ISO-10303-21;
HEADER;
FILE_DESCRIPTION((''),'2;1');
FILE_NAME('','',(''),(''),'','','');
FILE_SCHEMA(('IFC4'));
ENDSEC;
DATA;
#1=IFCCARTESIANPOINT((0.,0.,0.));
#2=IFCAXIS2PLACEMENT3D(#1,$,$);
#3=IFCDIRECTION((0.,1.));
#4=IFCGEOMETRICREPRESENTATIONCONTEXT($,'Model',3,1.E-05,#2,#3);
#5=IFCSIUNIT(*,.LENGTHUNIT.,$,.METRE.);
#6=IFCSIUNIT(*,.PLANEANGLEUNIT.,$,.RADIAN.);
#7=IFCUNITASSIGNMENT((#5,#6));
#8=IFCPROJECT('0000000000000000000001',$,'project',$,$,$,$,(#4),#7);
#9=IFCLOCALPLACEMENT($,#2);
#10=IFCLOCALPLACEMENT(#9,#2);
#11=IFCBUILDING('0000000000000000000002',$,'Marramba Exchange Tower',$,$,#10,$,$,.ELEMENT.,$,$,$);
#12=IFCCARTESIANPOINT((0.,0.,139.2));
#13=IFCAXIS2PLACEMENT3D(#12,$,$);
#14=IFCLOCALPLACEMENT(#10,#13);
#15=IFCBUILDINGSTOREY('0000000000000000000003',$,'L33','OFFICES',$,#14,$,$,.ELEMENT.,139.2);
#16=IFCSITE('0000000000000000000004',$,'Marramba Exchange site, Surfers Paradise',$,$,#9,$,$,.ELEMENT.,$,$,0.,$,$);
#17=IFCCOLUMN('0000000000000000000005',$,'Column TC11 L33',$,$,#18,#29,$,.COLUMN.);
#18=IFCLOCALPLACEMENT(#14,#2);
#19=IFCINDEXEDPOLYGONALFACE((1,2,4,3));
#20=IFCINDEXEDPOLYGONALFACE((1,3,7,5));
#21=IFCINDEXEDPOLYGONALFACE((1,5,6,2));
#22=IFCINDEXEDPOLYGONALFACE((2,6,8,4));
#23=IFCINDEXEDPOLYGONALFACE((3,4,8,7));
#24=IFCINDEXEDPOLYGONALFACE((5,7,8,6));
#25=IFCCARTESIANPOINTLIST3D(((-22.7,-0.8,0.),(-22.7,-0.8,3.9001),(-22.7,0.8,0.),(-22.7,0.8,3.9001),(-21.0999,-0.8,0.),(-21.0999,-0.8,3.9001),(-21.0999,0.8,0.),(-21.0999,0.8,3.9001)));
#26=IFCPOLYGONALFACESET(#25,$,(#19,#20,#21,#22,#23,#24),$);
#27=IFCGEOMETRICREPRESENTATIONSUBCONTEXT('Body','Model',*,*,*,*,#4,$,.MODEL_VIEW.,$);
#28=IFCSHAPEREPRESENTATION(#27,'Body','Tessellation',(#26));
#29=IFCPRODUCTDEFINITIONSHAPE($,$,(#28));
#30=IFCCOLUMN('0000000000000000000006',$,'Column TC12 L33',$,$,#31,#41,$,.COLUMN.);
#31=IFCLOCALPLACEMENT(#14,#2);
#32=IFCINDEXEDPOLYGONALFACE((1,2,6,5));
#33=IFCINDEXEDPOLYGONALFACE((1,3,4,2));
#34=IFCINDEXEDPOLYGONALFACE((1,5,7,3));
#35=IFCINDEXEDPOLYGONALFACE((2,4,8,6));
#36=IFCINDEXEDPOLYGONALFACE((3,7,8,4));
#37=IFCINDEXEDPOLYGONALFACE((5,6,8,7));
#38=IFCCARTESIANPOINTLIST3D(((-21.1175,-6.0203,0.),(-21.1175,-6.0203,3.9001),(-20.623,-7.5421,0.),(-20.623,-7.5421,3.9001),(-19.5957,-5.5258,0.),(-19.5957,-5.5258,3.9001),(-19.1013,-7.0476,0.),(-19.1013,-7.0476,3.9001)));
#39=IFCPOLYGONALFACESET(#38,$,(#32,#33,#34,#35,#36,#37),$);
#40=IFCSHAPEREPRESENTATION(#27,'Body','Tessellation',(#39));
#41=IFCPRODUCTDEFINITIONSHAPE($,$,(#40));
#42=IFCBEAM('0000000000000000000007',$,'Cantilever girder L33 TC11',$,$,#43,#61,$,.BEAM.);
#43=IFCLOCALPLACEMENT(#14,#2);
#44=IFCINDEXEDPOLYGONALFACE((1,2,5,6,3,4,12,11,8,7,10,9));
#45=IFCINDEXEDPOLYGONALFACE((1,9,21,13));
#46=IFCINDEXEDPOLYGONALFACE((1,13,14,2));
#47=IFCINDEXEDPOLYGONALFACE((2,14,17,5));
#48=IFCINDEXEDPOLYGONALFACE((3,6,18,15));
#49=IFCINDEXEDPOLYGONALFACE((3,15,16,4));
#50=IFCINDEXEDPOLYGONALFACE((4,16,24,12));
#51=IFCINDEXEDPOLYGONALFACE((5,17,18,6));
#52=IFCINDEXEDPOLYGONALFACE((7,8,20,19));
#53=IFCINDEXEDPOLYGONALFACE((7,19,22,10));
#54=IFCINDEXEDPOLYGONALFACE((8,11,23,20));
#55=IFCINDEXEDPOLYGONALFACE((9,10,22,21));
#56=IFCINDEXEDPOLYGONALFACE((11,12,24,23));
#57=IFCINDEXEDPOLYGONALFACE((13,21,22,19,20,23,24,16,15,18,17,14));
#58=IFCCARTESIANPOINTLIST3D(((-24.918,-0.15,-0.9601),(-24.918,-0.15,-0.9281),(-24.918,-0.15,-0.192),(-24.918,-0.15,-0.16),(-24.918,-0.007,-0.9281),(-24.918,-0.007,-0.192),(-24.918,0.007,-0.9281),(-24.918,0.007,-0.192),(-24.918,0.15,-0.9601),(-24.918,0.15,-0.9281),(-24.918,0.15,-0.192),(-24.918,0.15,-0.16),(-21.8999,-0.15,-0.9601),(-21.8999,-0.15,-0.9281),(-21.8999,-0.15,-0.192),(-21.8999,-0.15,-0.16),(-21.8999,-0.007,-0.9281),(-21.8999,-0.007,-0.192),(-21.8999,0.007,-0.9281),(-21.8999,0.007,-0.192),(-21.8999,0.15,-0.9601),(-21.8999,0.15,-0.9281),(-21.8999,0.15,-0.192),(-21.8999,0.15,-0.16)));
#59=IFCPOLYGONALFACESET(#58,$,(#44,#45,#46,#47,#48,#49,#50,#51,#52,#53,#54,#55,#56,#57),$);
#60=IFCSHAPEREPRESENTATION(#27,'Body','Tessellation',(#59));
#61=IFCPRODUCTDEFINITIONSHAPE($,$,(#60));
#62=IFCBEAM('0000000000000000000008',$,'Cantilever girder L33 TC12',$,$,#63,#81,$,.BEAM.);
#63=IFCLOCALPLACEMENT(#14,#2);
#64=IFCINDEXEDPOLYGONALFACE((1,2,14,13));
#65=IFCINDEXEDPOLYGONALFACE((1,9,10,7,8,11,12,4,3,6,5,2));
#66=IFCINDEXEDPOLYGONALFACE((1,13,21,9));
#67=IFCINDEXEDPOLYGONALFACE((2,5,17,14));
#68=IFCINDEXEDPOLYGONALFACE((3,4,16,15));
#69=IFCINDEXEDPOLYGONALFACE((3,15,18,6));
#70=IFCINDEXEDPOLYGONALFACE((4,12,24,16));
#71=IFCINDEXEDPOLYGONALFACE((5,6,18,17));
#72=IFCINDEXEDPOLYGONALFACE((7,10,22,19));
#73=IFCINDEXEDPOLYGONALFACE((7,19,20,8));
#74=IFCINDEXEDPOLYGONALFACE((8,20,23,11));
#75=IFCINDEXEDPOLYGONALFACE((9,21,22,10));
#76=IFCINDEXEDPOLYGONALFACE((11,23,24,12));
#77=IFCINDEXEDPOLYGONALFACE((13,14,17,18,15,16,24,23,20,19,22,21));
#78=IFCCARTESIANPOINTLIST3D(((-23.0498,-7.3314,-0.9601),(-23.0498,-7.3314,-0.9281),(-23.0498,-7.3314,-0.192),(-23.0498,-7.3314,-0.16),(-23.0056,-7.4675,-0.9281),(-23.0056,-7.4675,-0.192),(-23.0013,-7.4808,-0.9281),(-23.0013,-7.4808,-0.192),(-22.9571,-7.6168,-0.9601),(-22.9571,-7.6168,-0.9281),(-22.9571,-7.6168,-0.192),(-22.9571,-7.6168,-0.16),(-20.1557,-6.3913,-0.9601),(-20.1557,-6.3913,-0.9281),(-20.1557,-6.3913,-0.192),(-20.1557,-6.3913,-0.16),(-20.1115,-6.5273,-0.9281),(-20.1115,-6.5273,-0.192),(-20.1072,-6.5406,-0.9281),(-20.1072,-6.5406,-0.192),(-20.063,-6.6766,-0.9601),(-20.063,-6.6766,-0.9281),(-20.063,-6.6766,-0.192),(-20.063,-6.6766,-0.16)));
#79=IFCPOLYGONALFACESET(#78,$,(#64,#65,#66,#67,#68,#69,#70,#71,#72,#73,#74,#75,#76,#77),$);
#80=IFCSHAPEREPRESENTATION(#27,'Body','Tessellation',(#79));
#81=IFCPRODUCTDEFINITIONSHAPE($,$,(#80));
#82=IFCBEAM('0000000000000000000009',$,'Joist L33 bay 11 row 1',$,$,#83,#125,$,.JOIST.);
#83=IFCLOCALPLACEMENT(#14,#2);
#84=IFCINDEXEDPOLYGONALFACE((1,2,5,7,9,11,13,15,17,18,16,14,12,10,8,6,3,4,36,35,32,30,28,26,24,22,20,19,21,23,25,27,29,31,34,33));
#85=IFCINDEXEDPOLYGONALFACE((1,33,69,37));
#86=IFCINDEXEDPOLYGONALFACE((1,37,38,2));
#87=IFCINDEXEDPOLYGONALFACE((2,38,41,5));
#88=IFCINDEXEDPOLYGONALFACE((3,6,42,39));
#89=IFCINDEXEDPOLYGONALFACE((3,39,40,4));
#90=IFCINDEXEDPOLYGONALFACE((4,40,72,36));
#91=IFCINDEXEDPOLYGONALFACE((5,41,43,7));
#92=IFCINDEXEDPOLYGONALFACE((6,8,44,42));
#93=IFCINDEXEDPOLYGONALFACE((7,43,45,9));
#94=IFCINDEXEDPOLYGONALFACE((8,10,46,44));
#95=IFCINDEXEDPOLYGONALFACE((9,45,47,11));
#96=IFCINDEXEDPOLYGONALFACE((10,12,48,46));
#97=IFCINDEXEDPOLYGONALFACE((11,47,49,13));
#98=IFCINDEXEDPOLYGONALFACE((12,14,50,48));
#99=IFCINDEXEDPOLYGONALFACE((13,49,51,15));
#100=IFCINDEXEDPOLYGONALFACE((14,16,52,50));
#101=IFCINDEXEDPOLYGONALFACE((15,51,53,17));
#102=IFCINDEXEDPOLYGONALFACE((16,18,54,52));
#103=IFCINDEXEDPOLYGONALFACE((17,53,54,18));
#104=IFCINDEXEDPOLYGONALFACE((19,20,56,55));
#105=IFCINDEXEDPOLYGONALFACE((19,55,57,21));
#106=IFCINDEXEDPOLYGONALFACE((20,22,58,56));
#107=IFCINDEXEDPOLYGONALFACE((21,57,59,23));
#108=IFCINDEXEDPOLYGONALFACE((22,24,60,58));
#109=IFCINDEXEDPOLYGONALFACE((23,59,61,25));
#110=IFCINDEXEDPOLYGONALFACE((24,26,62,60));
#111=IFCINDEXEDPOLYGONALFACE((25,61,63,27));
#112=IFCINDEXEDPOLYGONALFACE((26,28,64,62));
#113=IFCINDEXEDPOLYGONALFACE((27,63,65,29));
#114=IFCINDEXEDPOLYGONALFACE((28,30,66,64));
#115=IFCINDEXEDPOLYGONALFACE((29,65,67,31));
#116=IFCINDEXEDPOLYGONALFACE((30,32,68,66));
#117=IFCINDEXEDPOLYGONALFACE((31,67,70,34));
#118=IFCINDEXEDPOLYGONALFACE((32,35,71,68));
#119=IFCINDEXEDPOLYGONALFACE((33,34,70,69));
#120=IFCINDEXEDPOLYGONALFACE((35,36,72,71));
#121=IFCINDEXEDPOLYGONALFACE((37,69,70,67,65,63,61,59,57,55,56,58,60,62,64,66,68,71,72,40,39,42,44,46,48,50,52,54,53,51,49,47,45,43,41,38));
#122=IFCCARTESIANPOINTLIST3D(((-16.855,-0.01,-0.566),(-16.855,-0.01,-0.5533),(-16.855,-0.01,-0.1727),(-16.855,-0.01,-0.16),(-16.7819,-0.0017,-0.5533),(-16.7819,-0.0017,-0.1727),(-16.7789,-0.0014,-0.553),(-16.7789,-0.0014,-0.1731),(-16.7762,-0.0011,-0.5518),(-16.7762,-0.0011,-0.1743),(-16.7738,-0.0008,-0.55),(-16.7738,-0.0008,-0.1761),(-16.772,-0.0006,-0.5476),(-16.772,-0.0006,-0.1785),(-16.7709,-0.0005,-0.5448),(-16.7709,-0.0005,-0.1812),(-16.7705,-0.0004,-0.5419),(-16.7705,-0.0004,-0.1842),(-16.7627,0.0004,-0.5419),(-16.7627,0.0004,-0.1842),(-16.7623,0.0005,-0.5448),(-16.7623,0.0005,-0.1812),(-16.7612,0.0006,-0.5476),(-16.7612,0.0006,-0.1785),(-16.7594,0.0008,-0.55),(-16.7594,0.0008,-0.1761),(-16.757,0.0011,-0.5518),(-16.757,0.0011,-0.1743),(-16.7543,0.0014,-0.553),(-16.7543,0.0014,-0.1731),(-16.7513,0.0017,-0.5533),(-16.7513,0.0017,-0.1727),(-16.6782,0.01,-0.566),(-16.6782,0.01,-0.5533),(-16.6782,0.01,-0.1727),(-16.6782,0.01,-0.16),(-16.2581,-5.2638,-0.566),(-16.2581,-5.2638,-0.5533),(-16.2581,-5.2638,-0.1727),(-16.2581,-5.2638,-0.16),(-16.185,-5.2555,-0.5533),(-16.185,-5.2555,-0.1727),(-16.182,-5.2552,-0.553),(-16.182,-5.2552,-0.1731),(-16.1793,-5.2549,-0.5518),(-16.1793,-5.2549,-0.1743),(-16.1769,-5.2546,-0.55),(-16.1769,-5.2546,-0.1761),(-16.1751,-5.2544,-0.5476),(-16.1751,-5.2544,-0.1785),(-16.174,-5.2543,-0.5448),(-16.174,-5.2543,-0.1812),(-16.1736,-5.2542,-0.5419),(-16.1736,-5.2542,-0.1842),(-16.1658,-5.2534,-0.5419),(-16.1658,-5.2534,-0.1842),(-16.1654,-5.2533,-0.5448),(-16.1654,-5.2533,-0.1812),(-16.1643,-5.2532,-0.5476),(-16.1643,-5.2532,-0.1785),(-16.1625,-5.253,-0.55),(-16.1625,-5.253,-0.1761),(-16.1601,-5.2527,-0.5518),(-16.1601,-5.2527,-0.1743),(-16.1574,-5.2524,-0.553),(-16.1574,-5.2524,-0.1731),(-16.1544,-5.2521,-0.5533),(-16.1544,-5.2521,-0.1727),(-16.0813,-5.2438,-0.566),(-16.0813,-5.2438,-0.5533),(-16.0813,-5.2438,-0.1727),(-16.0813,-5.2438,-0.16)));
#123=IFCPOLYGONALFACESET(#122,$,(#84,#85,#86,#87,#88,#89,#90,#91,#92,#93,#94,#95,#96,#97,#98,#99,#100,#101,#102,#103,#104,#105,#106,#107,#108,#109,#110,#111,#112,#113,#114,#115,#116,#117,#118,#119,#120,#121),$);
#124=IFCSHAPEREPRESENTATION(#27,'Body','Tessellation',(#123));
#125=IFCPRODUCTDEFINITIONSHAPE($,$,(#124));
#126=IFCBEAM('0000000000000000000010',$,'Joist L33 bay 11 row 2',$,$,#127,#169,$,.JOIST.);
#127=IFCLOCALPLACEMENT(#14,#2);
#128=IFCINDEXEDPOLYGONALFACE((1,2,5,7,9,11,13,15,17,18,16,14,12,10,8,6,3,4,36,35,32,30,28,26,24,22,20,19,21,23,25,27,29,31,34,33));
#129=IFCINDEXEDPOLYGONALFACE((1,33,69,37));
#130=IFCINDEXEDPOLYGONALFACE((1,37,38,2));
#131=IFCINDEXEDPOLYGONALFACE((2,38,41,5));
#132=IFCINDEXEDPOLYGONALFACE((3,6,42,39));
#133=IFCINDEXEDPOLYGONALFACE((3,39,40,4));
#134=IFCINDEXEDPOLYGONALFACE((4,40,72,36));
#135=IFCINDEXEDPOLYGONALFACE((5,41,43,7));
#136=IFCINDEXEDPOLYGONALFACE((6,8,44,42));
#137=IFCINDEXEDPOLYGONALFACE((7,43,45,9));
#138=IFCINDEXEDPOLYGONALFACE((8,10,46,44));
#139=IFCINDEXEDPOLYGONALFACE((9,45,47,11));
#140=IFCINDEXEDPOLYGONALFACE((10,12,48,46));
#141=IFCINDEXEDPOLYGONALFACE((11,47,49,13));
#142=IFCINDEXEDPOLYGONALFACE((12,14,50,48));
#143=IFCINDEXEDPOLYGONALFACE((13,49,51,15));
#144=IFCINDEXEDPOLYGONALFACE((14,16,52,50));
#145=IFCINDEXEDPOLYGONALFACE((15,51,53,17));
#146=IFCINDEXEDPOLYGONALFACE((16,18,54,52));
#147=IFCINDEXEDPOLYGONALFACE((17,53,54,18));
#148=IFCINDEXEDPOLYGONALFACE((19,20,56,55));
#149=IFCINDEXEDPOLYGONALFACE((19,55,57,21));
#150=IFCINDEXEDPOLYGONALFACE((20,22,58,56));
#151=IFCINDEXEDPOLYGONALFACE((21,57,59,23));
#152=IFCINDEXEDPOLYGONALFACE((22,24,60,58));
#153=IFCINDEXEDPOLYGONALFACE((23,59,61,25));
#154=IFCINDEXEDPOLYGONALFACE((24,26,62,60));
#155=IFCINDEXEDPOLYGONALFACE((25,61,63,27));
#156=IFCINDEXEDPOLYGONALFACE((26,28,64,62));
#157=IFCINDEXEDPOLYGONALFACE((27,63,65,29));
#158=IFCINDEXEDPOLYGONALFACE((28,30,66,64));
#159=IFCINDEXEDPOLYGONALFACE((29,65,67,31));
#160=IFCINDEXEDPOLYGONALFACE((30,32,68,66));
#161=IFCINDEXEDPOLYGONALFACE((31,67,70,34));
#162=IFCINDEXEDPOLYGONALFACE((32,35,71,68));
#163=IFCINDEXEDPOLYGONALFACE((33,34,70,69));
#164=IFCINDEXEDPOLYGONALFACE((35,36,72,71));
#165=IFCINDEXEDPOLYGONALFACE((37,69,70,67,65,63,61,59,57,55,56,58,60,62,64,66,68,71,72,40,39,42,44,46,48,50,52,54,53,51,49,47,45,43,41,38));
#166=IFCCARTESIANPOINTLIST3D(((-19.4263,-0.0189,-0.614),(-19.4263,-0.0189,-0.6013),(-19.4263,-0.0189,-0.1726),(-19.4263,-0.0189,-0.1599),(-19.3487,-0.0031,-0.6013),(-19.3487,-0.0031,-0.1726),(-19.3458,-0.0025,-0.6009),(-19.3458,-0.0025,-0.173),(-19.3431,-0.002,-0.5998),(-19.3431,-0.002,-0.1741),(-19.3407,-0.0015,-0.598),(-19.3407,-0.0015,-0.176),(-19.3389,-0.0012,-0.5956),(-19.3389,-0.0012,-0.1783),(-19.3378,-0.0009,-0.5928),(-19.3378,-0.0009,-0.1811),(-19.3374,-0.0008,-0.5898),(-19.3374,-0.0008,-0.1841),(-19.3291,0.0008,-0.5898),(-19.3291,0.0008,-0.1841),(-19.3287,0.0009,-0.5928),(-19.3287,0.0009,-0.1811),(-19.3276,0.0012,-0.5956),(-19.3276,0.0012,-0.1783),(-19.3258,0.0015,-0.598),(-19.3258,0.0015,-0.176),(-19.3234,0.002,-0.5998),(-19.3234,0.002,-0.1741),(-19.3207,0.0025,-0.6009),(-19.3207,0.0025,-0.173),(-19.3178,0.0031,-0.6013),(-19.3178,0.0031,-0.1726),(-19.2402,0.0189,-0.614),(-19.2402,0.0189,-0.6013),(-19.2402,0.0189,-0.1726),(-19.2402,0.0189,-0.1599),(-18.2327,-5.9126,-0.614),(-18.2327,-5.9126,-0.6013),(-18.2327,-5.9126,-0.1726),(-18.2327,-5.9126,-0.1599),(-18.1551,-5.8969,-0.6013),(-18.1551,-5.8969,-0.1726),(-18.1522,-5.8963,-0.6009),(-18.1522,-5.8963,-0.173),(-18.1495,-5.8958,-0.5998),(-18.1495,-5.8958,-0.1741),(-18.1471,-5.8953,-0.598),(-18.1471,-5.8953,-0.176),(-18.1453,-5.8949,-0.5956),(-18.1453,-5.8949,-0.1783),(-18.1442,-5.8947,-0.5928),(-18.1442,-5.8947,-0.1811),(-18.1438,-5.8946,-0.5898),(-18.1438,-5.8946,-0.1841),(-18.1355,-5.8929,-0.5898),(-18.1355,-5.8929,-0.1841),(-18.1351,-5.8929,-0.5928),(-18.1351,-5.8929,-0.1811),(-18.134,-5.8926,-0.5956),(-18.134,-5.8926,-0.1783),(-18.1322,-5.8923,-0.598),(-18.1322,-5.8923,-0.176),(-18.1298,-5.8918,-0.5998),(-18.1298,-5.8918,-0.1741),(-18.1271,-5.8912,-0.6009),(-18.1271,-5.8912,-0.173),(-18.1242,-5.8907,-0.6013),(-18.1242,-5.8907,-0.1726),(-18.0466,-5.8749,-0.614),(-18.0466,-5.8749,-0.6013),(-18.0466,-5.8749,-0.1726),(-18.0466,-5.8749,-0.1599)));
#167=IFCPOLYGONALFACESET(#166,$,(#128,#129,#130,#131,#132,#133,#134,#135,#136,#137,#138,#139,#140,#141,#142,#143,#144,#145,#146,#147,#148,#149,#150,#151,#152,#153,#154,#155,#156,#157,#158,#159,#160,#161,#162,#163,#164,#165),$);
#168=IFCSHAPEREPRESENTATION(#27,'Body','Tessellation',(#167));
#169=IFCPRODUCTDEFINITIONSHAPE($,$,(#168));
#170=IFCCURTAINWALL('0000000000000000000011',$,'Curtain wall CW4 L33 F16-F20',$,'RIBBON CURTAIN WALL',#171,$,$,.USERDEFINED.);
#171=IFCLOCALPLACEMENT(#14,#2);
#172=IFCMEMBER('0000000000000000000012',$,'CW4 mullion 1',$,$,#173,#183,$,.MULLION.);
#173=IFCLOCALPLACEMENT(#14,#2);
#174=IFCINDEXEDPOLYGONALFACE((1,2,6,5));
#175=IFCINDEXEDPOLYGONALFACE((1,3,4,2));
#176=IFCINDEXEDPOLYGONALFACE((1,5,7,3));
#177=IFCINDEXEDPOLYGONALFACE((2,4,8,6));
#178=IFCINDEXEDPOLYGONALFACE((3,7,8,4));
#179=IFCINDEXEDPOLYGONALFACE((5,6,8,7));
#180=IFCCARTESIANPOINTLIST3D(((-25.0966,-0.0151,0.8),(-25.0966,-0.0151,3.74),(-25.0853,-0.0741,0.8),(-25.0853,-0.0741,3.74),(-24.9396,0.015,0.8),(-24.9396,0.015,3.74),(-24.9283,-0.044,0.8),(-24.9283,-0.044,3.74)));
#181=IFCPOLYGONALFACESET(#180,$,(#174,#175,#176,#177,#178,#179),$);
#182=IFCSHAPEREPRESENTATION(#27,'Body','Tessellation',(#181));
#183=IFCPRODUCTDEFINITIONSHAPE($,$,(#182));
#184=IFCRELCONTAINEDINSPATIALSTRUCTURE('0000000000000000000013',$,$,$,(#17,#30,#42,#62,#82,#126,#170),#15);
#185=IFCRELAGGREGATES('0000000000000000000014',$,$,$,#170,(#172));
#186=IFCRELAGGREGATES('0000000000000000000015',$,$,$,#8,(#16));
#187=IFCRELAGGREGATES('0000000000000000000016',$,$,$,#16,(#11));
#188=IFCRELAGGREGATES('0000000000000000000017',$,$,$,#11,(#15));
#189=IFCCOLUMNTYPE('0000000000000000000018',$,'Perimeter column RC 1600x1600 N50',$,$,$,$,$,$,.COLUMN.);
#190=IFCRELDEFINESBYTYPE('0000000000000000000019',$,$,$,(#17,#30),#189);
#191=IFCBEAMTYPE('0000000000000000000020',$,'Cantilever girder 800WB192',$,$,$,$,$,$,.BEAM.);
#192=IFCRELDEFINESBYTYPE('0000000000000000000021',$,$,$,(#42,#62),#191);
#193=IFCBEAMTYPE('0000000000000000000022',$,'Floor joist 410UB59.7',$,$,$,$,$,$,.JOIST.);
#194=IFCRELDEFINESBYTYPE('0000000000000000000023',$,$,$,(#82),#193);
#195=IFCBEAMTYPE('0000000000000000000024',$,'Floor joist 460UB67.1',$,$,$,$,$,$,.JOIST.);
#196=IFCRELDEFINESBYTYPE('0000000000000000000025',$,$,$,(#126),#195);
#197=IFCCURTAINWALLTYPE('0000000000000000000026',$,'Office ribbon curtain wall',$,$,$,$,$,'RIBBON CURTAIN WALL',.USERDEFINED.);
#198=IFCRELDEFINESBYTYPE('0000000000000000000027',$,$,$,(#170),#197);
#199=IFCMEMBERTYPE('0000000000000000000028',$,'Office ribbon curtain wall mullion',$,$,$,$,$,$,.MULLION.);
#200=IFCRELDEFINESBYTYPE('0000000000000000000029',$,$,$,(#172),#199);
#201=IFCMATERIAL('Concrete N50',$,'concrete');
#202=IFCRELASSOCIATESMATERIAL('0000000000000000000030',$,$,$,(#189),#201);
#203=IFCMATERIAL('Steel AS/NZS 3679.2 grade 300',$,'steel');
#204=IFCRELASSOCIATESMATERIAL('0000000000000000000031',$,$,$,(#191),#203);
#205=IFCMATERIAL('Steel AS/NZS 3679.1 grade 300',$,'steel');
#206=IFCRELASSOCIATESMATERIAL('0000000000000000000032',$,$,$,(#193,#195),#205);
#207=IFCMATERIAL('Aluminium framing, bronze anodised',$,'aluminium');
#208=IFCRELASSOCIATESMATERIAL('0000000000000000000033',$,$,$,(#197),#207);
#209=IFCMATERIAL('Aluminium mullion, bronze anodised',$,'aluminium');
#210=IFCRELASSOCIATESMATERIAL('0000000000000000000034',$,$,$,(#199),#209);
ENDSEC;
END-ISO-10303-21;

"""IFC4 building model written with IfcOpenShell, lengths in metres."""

from ifc_helpers import new_model, si_unit, direction, frame, origin, origin_2d, place, context, subcontext, project, spatial, rectangle, i_section, extrude, material, material_profile, profile_set, type_object, element, aggregate, save


model = new_model("IFC4")

# Units and contexts
model_context = context("Model", 3, precision=1e-05, world=origin(), true_north=direction((0.0, 1.0)))
body_context = subcontext(model_context, "Body", "Model", "MODEL_VIEW")
ifc_project = project(units=[si_unit("LENGTHUNIT", "METRE"), si_unit("PLANEANGLEUNIT", "RADIAN")], contexts=[model_context])

# Site, building, storey
site_placement = place(None, origin())
site = spatial("IfcSite", under=ifc_project, at=site_placement, Name="Marramba Exchange site, Surfers Paradise", CompositionType="ELEMENT", RefElevation=0.0)
building_placement = place(site_placement, origin())
building = spatial("IfcBuilding", under=site, at=building_placement, Name="Marramba Exchange Tower", CompositionType="ELEMENT")
storey_placement = place(building_placement, frame((0.0, 0.0, 139.2)))
storey = spatial("IfcBuildingStorey", under=building, at=storey_placement, Name="L33", Description="OFFICES", CompositionType="ELEMENT", Elevation=139.2)

# Columns
ifc_material_1 = material(Name="Concrete N50", Category="concrete")
ifc_material_profile_1 = material_profile(ifc_material_1, rectangle(XDim=1.6001, YDim=1.6001, at=origin_2d()), Name="RC 1600x1600")
ifc_profile_set_1 = profile_set([ifc_material_profile_1], Name="Concrete N50")
column_type = type_object("IfcColumnType", Name="Perimeter column RC 1600x1600 N50", PredefinedType="COLUMN", material=ifc_profile_set_1)
for number, where, z_axis, x_axis, name in (
    (1, (-21.8999, 0.0, 0.0), (0.0, 0.0, 1.0), (-1.0, 0.0, 0.0), "Column TC11 L33"),
    (2, (-20.1094, -6.5339, 0.0), (0.0, 0.0, 1.0), (-0.951057, -0.309017, 0.0), "Column TC12 L33"),
):
    element("IfcColumn", number, at=place(storey_placement, frame(where, z_axis=z_axis, x_axis=x_axis)), inside=storey, type_object=column_type, Name=name, PredefinedType="COLUMN", context=body_context, shape_type="SweptSolid", body=[
        extrude(rectangle(XDim=1.6001, YDim=1.6001, at=origin_2d()), origin(), (0.0, 0.0, 1.0), 3.9001),
    ])

# Beams
ifc_material_2 = material(Name="Steel AS/NZS 3679.2 grade 300", Category="steel")
ifc_material_profile_2 = material_profile(ifc_material_2, i_section(OverallWidth=0.3, OverallDepth=0.8, WebThickness=0.0139, FlangeThickness=0.032, at=origin_2d()), Name="800WB192")
ifc_profile_set_2 = profile_set([ifc_material_profile_2], Name="Steel AS/NZS 3679.2 grade 300")
beam_type_1 = type_object("IfcBeamType", Name="Cantilever girder 800WB192", PredefinedType="BEAM", material=ifc_profile_set_2)
beam_1_placement = place(storey_placement, frame((-21.8999, 0.0, -0.5601), z_axis=(-1.0, 0.0, 0.0), x_axis=(0.0, -1.0, 0.0)))
element("IfcBeam", 3, at=beam_1_placement, inside=storey, type_object=beam_type_1, Name="Cantilever girder L33 TC11", PredefinedType="BEAM", context=body_context, shape_type="SweptSolid", body=[
    extrude(i_section(OverallWidth=0.3, OverallDepth=0.8, WebThickness=0.0139, FlangeThickness=0.032, at=origin_2d()), origin(), (0.0, 0.0, 1.0), 3.0181),
])
beam_2_placement = place(storey_placement, frame((-20.1094, -6.5339, -0.5601), z_axis=(-0.951071, -0.308974, 0.0), x_axis=(0.308974, -0.951071, 0.0)))
element("IfcBeam", 4, at=beam_2_placement, inside=storey, type_object=beam_type_1, Name="Cantilever girder L33 TC12", PredefinedType="BEAM", context=body_context, shape_type="SweptSolid", body=[
    extrude(i_section(OverallWidth=0.3, OverallDepth=0.8, WebThickness=0.0139, FlangeThickness=0.032, at=origin_2d()), origin(), (0.0, 0.0, 1.0), 3.043),
])
ifc_material_3 = material(Name="Steel AS/NZS 3679.1 grade 300", Category="steel")
ifc_material_profile_3 = material_profile(ifc_material_3, i_section(OverallWidth=0.178, OverallDepth=0.406, WebThickness=0.0078, FlangeThickness=0.0127, FilletRadius=0.0115, at=origin_2d()), Name="410UB59.7")
ifc_profile_set_3 = profile_set([ifc_material_profile_3], Name="Steel AS/NZS 3679.1 grade 300")
beam_type_2 = type_object("IfcBeamType", Name="Floor joist 410UB59.7", PredefinedType="JOIST", material=ifc_profile_set_3)
beam_3_placement = place(storey_placement, frame((-16.7666, 0.0, -0.363), z_axis=(0.112889, -0.993608, 0.0), x_axis=(0.993608, 0.112889, 0.0)))
element("IfcBeam", 5, at=beam_3_placement, inside=storey, type_object=beam_type_2, Name="Joist L33 bay 11 row 1", PredefinedType="JOIST", context=body_context, shape_type="SweptSolid", body=[
    extrude(i_section(OverallWidth=0.178, OverallDepth=0.406, WebThickness=0.0078, FlangeThickness=0.0127, FilletRadius=0.0115, at=origin_2d()), origin(), (0.0, 0.0, 1.0), 5.2876),
])
ifc_material_profile_4 = material_profile(ifc_material_3, i_section(OverallWidth=0.1899, OverallDepth=0.4541, WebThickness=0.0085, FlangeThickness=0.0127, FilletRadius=0.0115, at=origin_2d()), Name="460UB67.1")
ifc_profile_set_4 = profile_set([ifc_material_profile_4], Name="Steel AS/NZS 3679.1 grade 300")
beam_type_3 = type_object("IfcBeamType", Name="Floor joist 460UB67.1", PredefinedType="JOIST", material=ifc_profile_set_4)
beam_4_placement = place(storey_placement, frame((-19.3333, 0.0, -0.387), z_axis=(0.198489, -0.980103, 0.0), x_axis=(0.980103, 0.198489, 0.0)))
element("IfcBeam", 6, at=beam_4_placement, inside=storey, type_object=beam_type_3, Name="Joist L33 bay 11 row 2", PredefinedType="JOIST", context=body_context, shape_type="SweptSolid", body=[
    extrude(i_section(OverallWidth=0.1899, OverallDepth=0.4541, WebThickness=0.0085, FlangeThickness=0.0127, FilletRadius=0.0115, at=origin_2d()), origin(), (0.0, 0.0, 1.0), 6.0134),
])

# Curtain wall, member
ifc_material_4 = material(Name="Aluminium framing, bronze anodised", Category="aluminium")
curtain_wall_type = type_object("IfcCurtainWallType", Name="Office ribbon curtain wall", ElementType="RIBBON CURTAIN WALL", PredefinedType="USERDEFINED", material=ifc_material_4)
curtain_wall_placement = place(storey_placement, origin())
curtain_wall = element("IfcCurtainWall", 7, at=curtain_wall_placement, inside=storey, type_object=curtain_wall_type, Name="Curtain wall CW4 L33 F16-F20", ObjectType="RIBBON CURTAIN WALL", PredefinedType="USERDEFINED")
ifc_material_5 = material(Name="Aluminium mullion, bronze anodised", Category="aluminium")
ifc_material_profile_5 = material_profile(ifc_material_5, rectangle(XDim=0.1599, YDim=0.0601, at=origin_2d()), Name="CW4 mullion 60x160")
ifc_profile_set_5 = profile_set([ifc_material_profile_5], Name="Aluminium mullion, bronze anodised")
member_type_1 = type_object("IfcMemberType", Name="Office ribbon curtain wall mullion", PredefinedType="MULLION", material=ifc_profile_set_5)
member_1_placement = place(storey_placement, frame((-25.0125, -0.0295, 0.8), z_axis=(0.0, 0.0, 1.0), x_axis=(0.982126, 0.188227, 0.0)))
member_1 = element("IfcMember", 8, at=member_1_placement, type_object=member_type_1, Name="CW4 mullion 1", PredefinedType="MULLION", context=body_context, shape_type="SweptSolid", body=[
    extrude(rectangle(XDim=0.1599, YDim=0.0601, at=origin_2d()), origin(), (0.0, 0.0, 1.0), 2.9399),
])

aggregate(curtain_wall, [member_1])

save(model, "model.ifc")
